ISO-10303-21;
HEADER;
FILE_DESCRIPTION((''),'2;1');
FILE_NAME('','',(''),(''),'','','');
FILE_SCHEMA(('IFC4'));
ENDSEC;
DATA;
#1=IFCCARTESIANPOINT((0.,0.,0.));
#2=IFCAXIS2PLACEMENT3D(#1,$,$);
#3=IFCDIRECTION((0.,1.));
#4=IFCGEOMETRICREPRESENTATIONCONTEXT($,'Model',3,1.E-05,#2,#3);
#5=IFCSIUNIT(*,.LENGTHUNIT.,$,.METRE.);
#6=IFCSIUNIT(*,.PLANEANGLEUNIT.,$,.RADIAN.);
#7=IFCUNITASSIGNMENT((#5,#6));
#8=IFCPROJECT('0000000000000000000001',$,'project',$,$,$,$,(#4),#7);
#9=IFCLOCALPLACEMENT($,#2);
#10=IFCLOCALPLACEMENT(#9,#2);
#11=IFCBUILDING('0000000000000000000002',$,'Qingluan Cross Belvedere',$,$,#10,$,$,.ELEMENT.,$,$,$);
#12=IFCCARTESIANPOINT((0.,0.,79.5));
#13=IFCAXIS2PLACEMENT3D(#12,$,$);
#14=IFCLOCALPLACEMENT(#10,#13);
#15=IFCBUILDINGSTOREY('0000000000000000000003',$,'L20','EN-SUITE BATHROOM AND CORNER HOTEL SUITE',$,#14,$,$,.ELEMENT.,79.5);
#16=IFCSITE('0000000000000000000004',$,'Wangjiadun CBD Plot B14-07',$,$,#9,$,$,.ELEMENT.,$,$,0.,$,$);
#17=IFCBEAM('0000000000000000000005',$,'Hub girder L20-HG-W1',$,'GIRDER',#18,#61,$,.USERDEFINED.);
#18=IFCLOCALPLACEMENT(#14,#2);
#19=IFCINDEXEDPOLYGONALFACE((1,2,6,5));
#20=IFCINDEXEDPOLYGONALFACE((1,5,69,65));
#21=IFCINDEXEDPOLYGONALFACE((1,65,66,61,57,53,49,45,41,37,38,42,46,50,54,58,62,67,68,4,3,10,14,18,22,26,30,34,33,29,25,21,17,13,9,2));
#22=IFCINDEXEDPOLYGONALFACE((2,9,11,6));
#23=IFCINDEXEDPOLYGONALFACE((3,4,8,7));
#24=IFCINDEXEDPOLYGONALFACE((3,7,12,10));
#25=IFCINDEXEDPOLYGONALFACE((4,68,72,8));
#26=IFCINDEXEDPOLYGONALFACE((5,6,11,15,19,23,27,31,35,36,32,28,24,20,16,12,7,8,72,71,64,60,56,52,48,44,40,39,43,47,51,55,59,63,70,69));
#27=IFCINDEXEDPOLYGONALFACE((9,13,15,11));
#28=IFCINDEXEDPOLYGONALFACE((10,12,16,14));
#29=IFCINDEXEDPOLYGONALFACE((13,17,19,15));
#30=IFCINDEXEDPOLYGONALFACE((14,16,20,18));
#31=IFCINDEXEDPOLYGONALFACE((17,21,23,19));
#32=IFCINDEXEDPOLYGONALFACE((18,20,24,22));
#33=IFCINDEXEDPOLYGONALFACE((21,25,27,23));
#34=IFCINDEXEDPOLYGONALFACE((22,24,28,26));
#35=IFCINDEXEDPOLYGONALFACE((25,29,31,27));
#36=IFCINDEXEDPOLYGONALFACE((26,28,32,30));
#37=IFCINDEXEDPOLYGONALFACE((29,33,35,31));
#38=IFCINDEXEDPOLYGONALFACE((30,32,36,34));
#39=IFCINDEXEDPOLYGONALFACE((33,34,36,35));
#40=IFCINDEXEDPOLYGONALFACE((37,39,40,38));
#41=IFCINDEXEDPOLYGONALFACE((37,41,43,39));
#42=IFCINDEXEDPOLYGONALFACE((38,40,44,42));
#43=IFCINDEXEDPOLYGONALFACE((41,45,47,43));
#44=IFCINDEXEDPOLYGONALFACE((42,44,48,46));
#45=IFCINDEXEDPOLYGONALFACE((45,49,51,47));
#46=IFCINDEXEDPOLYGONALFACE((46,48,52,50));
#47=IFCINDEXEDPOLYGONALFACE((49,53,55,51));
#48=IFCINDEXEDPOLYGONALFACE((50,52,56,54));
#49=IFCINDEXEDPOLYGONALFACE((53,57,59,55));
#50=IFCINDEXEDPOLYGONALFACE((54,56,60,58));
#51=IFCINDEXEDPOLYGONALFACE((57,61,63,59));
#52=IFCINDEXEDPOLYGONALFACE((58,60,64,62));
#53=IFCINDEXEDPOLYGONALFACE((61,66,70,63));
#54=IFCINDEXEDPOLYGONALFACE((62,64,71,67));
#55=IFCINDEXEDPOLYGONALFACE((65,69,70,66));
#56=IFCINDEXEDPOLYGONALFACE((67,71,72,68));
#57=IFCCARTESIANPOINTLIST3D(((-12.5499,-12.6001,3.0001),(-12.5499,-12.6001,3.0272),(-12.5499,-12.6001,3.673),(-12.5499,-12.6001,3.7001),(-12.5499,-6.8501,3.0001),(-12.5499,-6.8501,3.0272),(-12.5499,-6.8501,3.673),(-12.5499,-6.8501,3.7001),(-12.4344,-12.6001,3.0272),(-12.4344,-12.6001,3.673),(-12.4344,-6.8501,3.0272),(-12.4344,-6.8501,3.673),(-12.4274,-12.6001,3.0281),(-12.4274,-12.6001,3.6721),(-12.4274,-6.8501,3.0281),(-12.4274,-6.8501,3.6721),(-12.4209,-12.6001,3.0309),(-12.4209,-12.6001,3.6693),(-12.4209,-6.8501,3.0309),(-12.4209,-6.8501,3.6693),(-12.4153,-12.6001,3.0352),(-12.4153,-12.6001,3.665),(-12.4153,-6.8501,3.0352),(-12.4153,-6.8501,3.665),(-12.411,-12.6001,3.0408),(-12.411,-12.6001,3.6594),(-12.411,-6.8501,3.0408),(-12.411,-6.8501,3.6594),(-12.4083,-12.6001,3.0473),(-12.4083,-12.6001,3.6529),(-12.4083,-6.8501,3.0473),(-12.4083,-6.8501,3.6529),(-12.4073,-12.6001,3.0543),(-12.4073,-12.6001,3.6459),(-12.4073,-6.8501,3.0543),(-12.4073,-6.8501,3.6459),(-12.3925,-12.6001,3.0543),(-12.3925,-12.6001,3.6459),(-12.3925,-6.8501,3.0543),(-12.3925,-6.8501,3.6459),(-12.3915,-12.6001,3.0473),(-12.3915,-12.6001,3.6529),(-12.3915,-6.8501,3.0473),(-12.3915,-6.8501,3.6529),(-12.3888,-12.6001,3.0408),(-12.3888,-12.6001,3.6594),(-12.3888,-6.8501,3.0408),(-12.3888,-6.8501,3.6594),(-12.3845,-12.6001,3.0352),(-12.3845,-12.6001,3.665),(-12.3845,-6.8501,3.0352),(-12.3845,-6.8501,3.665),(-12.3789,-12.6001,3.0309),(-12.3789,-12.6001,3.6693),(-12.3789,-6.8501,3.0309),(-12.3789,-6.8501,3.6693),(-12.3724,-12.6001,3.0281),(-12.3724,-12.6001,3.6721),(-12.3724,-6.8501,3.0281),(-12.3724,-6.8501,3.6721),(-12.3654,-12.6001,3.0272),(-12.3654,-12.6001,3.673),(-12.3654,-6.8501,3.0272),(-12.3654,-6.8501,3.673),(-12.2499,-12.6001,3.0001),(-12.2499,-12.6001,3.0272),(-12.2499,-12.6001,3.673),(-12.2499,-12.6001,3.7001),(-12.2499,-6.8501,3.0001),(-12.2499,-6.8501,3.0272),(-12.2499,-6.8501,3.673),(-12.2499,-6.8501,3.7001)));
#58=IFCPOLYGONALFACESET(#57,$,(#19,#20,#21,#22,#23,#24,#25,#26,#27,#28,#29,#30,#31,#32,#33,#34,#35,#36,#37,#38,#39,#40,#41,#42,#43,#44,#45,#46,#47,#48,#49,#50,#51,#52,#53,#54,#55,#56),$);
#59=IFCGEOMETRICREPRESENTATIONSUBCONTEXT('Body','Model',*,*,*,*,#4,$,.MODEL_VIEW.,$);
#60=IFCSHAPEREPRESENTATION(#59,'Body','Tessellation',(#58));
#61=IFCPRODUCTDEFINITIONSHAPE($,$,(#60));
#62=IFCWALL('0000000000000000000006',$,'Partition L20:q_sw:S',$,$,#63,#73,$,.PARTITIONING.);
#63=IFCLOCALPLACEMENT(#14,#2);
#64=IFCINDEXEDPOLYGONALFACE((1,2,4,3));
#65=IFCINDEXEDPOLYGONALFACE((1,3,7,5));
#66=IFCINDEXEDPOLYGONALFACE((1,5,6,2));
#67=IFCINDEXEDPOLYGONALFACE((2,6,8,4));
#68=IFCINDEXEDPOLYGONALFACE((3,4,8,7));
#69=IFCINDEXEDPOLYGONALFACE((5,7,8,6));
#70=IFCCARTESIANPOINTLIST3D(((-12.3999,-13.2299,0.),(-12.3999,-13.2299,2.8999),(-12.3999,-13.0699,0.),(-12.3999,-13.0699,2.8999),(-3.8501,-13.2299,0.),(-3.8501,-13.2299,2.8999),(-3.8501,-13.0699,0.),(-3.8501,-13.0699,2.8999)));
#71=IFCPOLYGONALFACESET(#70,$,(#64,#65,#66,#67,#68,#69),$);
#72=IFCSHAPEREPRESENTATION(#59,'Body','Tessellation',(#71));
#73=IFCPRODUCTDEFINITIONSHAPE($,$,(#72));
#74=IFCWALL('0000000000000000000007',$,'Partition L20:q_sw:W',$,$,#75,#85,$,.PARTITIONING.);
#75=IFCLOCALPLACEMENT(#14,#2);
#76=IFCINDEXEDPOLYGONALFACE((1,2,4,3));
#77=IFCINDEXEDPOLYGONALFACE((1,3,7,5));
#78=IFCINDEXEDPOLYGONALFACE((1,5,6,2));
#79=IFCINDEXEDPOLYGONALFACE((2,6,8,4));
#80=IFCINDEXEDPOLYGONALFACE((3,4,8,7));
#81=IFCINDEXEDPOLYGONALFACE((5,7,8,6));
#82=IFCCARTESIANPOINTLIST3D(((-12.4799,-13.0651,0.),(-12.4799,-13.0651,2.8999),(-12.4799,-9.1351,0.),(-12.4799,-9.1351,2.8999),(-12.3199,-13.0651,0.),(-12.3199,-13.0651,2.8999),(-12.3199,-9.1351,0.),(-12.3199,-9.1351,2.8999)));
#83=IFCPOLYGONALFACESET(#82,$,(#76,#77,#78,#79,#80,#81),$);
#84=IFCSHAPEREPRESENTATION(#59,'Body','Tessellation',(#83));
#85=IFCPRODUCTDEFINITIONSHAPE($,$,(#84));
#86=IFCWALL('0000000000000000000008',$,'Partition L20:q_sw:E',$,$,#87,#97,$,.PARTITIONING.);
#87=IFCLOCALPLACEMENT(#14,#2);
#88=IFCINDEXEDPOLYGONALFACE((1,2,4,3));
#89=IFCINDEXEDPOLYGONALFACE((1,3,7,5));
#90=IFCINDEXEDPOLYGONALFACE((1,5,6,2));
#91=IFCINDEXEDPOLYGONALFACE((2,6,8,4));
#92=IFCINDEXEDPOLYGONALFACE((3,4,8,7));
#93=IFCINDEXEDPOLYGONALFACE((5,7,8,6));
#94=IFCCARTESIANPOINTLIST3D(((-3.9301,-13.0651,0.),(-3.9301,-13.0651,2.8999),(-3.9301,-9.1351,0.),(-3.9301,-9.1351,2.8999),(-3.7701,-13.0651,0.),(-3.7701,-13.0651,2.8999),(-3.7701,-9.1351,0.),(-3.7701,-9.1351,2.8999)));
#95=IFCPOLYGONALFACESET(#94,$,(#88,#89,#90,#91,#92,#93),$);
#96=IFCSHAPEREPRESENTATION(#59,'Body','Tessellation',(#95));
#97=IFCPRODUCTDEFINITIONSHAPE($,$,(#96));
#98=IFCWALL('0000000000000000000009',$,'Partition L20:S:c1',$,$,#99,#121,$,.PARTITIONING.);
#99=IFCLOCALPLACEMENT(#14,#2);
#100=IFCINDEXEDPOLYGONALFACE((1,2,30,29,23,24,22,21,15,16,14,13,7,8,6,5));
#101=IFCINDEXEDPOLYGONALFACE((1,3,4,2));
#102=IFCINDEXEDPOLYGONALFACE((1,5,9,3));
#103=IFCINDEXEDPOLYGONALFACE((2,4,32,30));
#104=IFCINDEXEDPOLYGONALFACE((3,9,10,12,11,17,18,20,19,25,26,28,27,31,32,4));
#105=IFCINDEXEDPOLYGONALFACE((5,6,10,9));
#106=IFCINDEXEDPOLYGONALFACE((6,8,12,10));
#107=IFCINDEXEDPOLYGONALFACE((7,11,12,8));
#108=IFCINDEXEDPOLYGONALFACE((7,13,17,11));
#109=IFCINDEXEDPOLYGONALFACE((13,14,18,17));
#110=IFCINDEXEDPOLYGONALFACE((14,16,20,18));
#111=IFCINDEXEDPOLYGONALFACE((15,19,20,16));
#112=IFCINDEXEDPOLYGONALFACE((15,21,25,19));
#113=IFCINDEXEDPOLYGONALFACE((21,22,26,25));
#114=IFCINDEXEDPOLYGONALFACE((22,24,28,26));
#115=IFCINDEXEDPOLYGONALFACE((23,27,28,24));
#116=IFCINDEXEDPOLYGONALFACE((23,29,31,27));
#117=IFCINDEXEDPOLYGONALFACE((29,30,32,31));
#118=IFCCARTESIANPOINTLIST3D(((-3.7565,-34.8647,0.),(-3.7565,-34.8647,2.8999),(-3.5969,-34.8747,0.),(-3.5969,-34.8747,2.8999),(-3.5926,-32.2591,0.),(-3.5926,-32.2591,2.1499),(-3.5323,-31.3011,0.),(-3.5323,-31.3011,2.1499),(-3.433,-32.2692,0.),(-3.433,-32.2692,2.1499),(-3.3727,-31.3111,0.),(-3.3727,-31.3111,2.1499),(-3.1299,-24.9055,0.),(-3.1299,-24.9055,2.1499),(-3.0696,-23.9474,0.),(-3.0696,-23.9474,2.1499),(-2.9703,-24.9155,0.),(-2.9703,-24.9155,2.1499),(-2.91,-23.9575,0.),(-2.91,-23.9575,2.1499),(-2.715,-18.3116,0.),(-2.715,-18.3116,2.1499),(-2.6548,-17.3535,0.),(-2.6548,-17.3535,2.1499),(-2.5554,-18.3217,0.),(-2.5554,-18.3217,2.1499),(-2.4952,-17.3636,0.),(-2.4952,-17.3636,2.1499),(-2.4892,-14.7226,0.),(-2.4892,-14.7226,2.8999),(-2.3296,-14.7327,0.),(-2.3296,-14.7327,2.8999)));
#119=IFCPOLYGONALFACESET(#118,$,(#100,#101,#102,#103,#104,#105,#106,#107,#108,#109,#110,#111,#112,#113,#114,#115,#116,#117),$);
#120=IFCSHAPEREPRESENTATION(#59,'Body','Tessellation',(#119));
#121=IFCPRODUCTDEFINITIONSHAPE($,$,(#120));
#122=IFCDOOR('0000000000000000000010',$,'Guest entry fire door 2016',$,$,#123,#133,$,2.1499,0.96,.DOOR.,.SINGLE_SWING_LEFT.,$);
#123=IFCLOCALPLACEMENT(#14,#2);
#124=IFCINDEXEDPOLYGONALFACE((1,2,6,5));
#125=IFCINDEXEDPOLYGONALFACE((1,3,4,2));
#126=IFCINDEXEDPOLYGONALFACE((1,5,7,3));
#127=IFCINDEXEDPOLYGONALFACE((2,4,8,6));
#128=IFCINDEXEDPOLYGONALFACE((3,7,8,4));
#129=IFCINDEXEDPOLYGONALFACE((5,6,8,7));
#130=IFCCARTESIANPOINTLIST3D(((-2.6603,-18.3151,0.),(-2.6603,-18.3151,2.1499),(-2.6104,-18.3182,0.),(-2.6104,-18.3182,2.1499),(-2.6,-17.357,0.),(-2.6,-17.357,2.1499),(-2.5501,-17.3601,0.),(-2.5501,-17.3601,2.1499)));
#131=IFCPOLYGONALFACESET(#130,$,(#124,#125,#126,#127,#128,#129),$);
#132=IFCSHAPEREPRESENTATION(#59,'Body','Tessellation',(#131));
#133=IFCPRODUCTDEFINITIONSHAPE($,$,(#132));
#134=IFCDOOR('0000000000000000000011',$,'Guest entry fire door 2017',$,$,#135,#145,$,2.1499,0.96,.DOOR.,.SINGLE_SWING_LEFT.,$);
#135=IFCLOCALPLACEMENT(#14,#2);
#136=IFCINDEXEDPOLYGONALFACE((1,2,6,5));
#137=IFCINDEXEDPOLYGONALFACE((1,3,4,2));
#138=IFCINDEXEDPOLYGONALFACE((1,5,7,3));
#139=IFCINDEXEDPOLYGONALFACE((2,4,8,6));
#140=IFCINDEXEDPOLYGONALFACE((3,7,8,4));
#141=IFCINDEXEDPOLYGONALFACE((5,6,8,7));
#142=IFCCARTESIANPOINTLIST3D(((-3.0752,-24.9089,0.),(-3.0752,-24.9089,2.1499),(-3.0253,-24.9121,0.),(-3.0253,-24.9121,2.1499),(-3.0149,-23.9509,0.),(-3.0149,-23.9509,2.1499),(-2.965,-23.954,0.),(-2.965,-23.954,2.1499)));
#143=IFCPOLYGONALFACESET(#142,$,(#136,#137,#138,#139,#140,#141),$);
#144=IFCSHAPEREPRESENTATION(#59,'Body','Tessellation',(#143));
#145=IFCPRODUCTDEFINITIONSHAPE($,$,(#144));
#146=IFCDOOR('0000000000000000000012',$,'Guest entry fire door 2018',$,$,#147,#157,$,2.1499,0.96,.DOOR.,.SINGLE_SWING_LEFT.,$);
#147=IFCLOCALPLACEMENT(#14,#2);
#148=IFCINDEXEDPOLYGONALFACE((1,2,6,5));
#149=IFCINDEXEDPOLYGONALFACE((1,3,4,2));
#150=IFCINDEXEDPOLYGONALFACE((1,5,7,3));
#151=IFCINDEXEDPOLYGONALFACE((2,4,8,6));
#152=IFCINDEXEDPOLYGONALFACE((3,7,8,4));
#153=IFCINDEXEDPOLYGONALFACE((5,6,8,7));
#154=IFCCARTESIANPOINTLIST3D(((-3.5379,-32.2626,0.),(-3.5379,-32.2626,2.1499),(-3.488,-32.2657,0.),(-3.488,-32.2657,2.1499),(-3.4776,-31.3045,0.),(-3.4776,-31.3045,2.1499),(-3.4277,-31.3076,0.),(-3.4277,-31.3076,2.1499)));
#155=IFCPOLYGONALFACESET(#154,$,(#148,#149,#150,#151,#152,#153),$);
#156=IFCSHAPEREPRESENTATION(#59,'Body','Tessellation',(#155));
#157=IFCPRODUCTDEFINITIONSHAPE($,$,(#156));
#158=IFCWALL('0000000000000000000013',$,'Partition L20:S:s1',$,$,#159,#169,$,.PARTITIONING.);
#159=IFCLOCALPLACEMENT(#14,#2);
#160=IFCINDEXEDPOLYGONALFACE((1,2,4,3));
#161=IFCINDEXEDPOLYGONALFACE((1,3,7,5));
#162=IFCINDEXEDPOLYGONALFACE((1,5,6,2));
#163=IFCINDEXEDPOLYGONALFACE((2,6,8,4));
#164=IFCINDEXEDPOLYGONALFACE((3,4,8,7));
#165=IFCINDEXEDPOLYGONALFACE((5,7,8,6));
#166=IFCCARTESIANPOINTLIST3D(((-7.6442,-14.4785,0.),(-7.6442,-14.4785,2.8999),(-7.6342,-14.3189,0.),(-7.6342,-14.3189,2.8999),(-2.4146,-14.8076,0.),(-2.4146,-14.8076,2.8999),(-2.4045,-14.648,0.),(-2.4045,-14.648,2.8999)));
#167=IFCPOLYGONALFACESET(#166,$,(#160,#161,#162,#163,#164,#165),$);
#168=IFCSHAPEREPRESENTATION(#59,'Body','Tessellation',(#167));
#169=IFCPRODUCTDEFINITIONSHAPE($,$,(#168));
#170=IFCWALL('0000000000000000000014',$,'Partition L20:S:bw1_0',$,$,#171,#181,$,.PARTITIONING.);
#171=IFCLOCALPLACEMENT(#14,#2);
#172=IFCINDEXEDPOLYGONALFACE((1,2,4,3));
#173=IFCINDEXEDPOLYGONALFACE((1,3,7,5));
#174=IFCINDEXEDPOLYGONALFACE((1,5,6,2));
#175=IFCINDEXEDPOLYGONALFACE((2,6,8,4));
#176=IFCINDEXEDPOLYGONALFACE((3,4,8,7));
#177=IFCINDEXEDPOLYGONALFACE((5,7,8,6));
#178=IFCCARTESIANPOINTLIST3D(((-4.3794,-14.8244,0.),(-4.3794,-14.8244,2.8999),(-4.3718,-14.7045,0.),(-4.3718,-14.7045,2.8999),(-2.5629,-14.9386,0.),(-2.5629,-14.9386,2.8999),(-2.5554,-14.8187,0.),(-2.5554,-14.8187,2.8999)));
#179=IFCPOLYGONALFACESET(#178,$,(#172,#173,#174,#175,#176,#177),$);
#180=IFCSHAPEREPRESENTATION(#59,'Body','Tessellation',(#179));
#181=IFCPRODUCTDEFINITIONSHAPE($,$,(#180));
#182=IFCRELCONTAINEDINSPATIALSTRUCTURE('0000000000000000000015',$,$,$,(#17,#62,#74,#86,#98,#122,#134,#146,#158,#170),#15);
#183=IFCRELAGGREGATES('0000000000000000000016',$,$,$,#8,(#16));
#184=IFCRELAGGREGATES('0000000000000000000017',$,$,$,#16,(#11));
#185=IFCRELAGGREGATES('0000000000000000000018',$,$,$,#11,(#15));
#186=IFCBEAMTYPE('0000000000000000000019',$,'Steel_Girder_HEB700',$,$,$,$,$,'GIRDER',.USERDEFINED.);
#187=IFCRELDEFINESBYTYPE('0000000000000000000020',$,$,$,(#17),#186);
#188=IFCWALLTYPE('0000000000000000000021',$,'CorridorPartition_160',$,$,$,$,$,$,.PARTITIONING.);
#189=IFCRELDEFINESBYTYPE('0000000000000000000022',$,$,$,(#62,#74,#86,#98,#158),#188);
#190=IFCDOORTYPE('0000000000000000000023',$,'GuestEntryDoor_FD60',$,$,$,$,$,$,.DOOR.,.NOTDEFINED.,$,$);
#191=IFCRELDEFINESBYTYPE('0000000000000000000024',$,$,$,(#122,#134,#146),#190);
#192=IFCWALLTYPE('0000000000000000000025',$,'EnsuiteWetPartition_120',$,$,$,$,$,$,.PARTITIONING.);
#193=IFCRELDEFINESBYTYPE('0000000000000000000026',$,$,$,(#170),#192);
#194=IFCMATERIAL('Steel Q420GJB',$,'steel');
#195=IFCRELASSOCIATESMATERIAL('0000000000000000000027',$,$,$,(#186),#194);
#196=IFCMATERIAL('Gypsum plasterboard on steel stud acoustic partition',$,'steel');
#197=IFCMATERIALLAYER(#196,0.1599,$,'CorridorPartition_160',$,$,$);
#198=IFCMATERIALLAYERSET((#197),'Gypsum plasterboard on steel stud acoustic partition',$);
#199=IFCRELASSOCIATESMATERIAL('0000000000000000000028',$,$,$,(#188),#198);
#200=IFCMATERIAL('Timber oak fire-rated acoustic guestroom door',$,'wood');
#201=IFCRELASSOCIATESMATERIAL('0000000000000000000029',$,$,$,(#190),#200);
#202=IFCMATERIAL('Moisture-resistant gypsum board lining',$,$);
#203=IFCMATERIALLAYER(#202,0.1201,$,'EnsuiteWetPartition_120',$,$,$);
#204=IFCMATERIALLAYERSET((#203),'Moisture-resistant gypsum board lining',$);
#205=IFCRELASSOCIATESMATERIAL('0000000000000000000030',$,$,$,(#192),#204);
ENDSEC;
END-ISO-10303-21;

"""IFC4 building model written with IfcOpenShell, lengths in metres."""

from ifc_helpers import new_model, si_unit, direction, frame, frame_2d, origin, origin_2d, place, context, subcontext, project, spatial, rectangle, i_section, extrude, material, layer, layer_set, material_profile, profile_set, type_object, element, fill, save


model = new_model("IFC4")

# Units and contexts
model_context = context("Model", 3, precision=1e-05, world=origin(), true_north=direction((0.0, 1.0)))
body_context = subcontext(model_context, "Body", "Model", "MODEL_VIEW")
ifc_project = project(units=[si_unit("LENGTHUNIT", "METRE"), si_unit("PLANEANGLEUNIT", "RADIAN")], contexts=[model_context])

# Site, building, storey
site_placement = place(None, origin())
site = spatial("IfcSite", under=ifc_project, at=site_placement, Name="Wangjiadun CBD Plot B14-07", CompositionType="ELEMENT", RefElevation=0.0)
building_placement = place(site_placement, origin())
building = spatial("IfcBuilding", under=site, at=building_placement, Name="Qingluan Cross Belvedere", CompositionType="ELEMENT")
storey_placement = place(building_placement, frame((0.0, 0.0, 79.5)))
storey = spatial("IfcBuildingStorey", under=building, at=storey_placement, Name="L20", Description="EN-SUITE BATHROOM AND CORNER HOTEL SUITE", CompositionType="ELEMENT", Elevation=79.5)

# Beam
ifc_material_1 = material(Name="Steel Q420GJB", Category="steel")
ifc_material_profile_1 = material_profile(ifc_material_1, i_section(OverallWidth=0.3, OverallDepth=0.7, WebThickness=0.0149, FlangeThickness=0.0271, FilletRadius=0.0271, at=origin_2d()), Name="HEB700")
ifc_profile_set_1 = profile_set([ifc_material_profile_1], Name="Steel Q420GJB")
beam_type_1 = type_object("IfcBeamType", Name="Steel_Girder_HEB700", ElementType="GIRDER", PredefinedType="USERDEFINED", material=ifc_profile_set_1)
beam_1_placement = place(storey_placement, frame((-12.3999, -12.6001, 3.3501), z_axis=(0.0, 1.0, 0.0), x_axis=(-1.0, 0.0, 0.0)))
element("IfcBeam", 1, at=beam_1_placement, inside=storey, type_object=beam_type_1, Name="Hub girder L20-HG-W1", ObjectType="GIRDER", PredefinedType="USERDEFINED", context=body_context, shape_type="SweptSolid", body=[
    extrude(i_section(OverallWidth=0.3, OverallDepth=0.7, WebThickness=0.0149, FlangeThickness=0.0271, FilletRadius=0.0271, at=origin_2d()), origin(), (0.0, 0.0, 1.0), 5.75),
])

# Walls
ifc_material_2 = material(Name="Gypsum plasterboard on steel stud acoustic partition", Category="steel")
ifc_layer_1 = layer(ifc_material_2, 0.1599, Name="CorridorPartition_160")
ifc_layer_set_1 = layer_set([ifc_layer_1], Name="Gypsum plasterboard on steel stud acoustic partition")
wall_type_1 = type_object("IfcWallType", Name="CorridorPartition_160", PredefinedType="PARTITIONING", material=ifc_layer_set_1)
wall_1_placement = place(storey_placement, frame((-12.3999, -13.1499, 0.0), z_axis=(0.0, 0.0, 1.0), x_axis=(1.0, 0.0, 0.0)))
element("IfcWall", 2, at=wall_1_placement, inside=storey, type_object=wall_type_1, Name="Partition L20:q_sw:S", PredefinedType="PARTITIONING", context=body_context, shape_type="SweptSolid", body=[
    extrude(rectangle(XDim=8.5498, YDim=0.1599, at=frame_2d((4.2749, 0.0))), origin(), (0.0, 0.0, 1.0), 2.8999),
])
for number, where, z_axis, x_axis, name in (
    (3, (-12.3999, -13.0649, 0.0), (0.0, 0.0, 1.0), (0.0, 1.0, 0.0), "Partition L20:q_sw:W"),
    (4, (-3.8501, -13.0649, 0.0), (0.0, 0.0, 1.0), (0.0, 1.0, 0.0), "Partition L20:q_sw:E"),
):
    element("IfcWall", number, at=place(storey_placement, frame(where, z_axis=z_axis, x_axis=x_axis)), inside=storey, type_object=wall_type_1, Name=name, PredefinedType="PARTITIONING", context=body_context, shape_type="SweptSolid", body=[
        extrude(rectangle(XDim=3.9299, YDim=0.1599, at=frame_2d((1.9648, 0.0))), origin(), (0.0, 0.0, 1.0), 2.8999),
    ])

# Wall, openings, doors
wall_2_placement = place(storey_placement, frame((-2.4094, -14.7278, 0.0), z_axis=(0.0, 0.0, 1.0), x_axis=(-0.062796, -0.998026, 0.0)))
wall_2 = element("IfcWall", 5, at=wall_2_placement, inside=storey, type_object=wall_type_1, Name="Partition L20:S:c1", PredefinedType="PARTITIONING", context=body_context, shape_type="SweptSolid", body=[
    extrude(rectangle(XDim=20.1819, YDim=0.1599, at=frame_2d((10.0908, 0.0))), origin(), (0.0, 0.0, 1.0), 2.8999),
])
opening_1_placement = place(wall_2_placement, frame((2.636, 0.0, 0.0)))
opening_1 = element("IfcOpeningElement", 6, at=opening_1_placement, cuts=wall_2, PredefinedType="OPENING", context=body_context, shape_type="SweptSolid", body=[
    extrude(rectangle(XDim=0.96, YDim=2.1499, at=frame_2d((0.48, 1.075))), frame((0.0, 0.0898, 0.0), z_axis=(0.0, -1.0, 0.0), x_axis=(1.0, 0.0, 0.0)), (0.0, 0.0, 1.0), 0.1799),
])
opening_2_placement = place(wall_2_placement, frame((9.2429, 0.0, 0.0)))
opening_2 = element("IfcOpeningElement", 7, at=opening_2_placement, cuts=wall_2, PredefinedType="OPENING", context=body_context, shape_type="SweptSolid", body=[
    extrude(rectangle(XDim=0.96, YDim=2.1499, at=frame_2d((0.48, 1.075))), frame((0.0, 0.0898, 0.0), z_axis=(0.0, -1.0, 0.0), x_axis=(1.0, 0.0, 0.0)), (0.0, 0.0, 1.0), 0.1799),
])
opening_3_placement = place(wall_2_placement, frame((16.6111, 0.0, 0.0)))
opening_3 = element("IfcOpeningElement", 8, at=opening_3_placement, cuts=wall_2, PredefinedType="OPENING", context=body_context, shape_type="SweptSolid", body=[
    extrude(rectangle(XDim=0.96, YDim=2.1499, at=frame_2d((0.48, 1.075))), frame((0.0, 0.0898, 0.0), z_axis=(0.0, -1.0, 0.0), x_axis=(1.0, 0.0, 0.0)), (0.0, 0.0, 1.0), 0.1799),
])
ifc_material_3 = material(Name="Timber oak fire-rated acoustic guestroom door", Category="wood")
door_type = type_object("IfcDoorType", Name="GuestEntryDoor_FD60", OperationType="NOTDEFINED", PredefinedType="DOOR", material=ifc_material_3)
door_1_placement = place(opening_1_placement, origin())
door_1 = element("IfcDoor", 9, at=door_1_placement, inside=storey, type_object=door_type, Name="Guest entry fire door 2016", OperationType="SINGLE_SWING_LEFT", OverallHeight=2.1499, OverallWidth=0.96, PredefinedType="DOOR", context=body_context, shape_type="SweptSolid", body=[
    extrude(rectangle(XDim=0.96, YDim=2.1499, at=frame_2d((0.48, 1.075))), frame((0.0, 0.0249, 0.0), z_axis=(0.0, -1.0, 0.0), x_axis=(1.0, 0.0, 0.0)), (0.0, 0.0, 1.0), 0.05),
])
fill(opening_1, door_1)
door_2_placement = place(opening_2_placement, origin())
door_2 = element("IfcDoor", 10, at=door_2_placement, inside=storey, type_object=door_type, Name="Guest entry fire door 2017", OperationType="SINGLE_SWING_LEFT", OverallHeight=2.1499, OverallWidth=0.96, PredefinedType="DOOR", context=body_context, shape_type="SweptSolid", body=[
    extrude(rectangle(XDim=0.96, YDim=2.1499, at=frame_2d((0.48, 1.075))), frame((0.0, 0.0249, 0.0), z_axis=(0.0, -1.0, 0.0), x_axis=(1.0, 0.0, 0.0)), (0.0, 0.0, 1.0), 0.05),
])
fill(opening_2, door_2)
door_3_placement = place(opening_3_placement, origin())
door_3 = element("IfcDoor", 11, at=door_3_placement, inside=storey, type_object=door_type, Name="Guest entry fire door 2018", OperationType="SINGLE_SWING_LEFT", OverallHeight=2.1499, OverallWidth=0.96, PredefinedType="DOOR", context=body_context, shape_type="SweptSolid", body=[
    extrude(rectangle(XDim=0.96, YDim=2.1499, at=frame_2d((0.48, 1.075))), frame((0.0, 0.0249, 0.0), z_axis=(0.0, -1.0, 0.0), x_axis=(1.0, 0.0, 0.0)), (0.0, 0.0, 1.0), 0.05),
])
fill(opening_3, door_3)

# Walls
wall_3_placement = place(storey_placement, frame((-2.4094, -14.7278, 0.0), z_axis=(0.0, 0.0, 1.0), x_axis=(-0.998026, 0.062805, 0.0)))
element("IfcWall", 12, at=wall_3_placement, inside=storey, type_object=wall_type_1, Name="Partition L20:S:s1", PredefinedType="PARTITIONING", context=body_context, shape_type="SweptSolid", body=[
    extrude(rectangle(XDim=5.24, YDim=0.1599, at=frame_2d((2.6201, 0.0))), origin(), (0.0, 0.0, 1.0), 2.8999),
])
ifc_material_4 = material(Name="Moisture-resistant gypsum board lining")
ifc_layer_2 = layer(ifc_material_4, 0.1201, Name="EnsuiteWetPartition_120")
ifc_layer_set_2 = layer_set([ifc_layer_2], Name="Moisture-resistant gypsum board lining")
wall_type_2 = type_object("IfcWallType", Name="EnsuiteWetPartition_120", PredefinedType="PARTITIONING", material=ifc_layer_set_2)
wall_4_placement = place(storey_placement, frame((-4.3757, -14.7644, 0.0), z_axis=(0.0, 0.0, 1.0), x_axis=(0.998027, -0.062779, 0.0)))
element("IfcWall", 13, at=wall_4_placement, inside=storey, type_object=wall_type_2, Name="Partition L20:S:bw1_0", PredefinedType="PARTITIONING", context=body_context, shape_type="SweptSolid", body=[
    extrude(rectangle(XDim=1.8201, YDim=0.1201, at=frame_2d((0.9102, 0.0))), origin(), (0.0, 0.0, 1.0), 2.8999),
])

save(model, "model.ifc")
